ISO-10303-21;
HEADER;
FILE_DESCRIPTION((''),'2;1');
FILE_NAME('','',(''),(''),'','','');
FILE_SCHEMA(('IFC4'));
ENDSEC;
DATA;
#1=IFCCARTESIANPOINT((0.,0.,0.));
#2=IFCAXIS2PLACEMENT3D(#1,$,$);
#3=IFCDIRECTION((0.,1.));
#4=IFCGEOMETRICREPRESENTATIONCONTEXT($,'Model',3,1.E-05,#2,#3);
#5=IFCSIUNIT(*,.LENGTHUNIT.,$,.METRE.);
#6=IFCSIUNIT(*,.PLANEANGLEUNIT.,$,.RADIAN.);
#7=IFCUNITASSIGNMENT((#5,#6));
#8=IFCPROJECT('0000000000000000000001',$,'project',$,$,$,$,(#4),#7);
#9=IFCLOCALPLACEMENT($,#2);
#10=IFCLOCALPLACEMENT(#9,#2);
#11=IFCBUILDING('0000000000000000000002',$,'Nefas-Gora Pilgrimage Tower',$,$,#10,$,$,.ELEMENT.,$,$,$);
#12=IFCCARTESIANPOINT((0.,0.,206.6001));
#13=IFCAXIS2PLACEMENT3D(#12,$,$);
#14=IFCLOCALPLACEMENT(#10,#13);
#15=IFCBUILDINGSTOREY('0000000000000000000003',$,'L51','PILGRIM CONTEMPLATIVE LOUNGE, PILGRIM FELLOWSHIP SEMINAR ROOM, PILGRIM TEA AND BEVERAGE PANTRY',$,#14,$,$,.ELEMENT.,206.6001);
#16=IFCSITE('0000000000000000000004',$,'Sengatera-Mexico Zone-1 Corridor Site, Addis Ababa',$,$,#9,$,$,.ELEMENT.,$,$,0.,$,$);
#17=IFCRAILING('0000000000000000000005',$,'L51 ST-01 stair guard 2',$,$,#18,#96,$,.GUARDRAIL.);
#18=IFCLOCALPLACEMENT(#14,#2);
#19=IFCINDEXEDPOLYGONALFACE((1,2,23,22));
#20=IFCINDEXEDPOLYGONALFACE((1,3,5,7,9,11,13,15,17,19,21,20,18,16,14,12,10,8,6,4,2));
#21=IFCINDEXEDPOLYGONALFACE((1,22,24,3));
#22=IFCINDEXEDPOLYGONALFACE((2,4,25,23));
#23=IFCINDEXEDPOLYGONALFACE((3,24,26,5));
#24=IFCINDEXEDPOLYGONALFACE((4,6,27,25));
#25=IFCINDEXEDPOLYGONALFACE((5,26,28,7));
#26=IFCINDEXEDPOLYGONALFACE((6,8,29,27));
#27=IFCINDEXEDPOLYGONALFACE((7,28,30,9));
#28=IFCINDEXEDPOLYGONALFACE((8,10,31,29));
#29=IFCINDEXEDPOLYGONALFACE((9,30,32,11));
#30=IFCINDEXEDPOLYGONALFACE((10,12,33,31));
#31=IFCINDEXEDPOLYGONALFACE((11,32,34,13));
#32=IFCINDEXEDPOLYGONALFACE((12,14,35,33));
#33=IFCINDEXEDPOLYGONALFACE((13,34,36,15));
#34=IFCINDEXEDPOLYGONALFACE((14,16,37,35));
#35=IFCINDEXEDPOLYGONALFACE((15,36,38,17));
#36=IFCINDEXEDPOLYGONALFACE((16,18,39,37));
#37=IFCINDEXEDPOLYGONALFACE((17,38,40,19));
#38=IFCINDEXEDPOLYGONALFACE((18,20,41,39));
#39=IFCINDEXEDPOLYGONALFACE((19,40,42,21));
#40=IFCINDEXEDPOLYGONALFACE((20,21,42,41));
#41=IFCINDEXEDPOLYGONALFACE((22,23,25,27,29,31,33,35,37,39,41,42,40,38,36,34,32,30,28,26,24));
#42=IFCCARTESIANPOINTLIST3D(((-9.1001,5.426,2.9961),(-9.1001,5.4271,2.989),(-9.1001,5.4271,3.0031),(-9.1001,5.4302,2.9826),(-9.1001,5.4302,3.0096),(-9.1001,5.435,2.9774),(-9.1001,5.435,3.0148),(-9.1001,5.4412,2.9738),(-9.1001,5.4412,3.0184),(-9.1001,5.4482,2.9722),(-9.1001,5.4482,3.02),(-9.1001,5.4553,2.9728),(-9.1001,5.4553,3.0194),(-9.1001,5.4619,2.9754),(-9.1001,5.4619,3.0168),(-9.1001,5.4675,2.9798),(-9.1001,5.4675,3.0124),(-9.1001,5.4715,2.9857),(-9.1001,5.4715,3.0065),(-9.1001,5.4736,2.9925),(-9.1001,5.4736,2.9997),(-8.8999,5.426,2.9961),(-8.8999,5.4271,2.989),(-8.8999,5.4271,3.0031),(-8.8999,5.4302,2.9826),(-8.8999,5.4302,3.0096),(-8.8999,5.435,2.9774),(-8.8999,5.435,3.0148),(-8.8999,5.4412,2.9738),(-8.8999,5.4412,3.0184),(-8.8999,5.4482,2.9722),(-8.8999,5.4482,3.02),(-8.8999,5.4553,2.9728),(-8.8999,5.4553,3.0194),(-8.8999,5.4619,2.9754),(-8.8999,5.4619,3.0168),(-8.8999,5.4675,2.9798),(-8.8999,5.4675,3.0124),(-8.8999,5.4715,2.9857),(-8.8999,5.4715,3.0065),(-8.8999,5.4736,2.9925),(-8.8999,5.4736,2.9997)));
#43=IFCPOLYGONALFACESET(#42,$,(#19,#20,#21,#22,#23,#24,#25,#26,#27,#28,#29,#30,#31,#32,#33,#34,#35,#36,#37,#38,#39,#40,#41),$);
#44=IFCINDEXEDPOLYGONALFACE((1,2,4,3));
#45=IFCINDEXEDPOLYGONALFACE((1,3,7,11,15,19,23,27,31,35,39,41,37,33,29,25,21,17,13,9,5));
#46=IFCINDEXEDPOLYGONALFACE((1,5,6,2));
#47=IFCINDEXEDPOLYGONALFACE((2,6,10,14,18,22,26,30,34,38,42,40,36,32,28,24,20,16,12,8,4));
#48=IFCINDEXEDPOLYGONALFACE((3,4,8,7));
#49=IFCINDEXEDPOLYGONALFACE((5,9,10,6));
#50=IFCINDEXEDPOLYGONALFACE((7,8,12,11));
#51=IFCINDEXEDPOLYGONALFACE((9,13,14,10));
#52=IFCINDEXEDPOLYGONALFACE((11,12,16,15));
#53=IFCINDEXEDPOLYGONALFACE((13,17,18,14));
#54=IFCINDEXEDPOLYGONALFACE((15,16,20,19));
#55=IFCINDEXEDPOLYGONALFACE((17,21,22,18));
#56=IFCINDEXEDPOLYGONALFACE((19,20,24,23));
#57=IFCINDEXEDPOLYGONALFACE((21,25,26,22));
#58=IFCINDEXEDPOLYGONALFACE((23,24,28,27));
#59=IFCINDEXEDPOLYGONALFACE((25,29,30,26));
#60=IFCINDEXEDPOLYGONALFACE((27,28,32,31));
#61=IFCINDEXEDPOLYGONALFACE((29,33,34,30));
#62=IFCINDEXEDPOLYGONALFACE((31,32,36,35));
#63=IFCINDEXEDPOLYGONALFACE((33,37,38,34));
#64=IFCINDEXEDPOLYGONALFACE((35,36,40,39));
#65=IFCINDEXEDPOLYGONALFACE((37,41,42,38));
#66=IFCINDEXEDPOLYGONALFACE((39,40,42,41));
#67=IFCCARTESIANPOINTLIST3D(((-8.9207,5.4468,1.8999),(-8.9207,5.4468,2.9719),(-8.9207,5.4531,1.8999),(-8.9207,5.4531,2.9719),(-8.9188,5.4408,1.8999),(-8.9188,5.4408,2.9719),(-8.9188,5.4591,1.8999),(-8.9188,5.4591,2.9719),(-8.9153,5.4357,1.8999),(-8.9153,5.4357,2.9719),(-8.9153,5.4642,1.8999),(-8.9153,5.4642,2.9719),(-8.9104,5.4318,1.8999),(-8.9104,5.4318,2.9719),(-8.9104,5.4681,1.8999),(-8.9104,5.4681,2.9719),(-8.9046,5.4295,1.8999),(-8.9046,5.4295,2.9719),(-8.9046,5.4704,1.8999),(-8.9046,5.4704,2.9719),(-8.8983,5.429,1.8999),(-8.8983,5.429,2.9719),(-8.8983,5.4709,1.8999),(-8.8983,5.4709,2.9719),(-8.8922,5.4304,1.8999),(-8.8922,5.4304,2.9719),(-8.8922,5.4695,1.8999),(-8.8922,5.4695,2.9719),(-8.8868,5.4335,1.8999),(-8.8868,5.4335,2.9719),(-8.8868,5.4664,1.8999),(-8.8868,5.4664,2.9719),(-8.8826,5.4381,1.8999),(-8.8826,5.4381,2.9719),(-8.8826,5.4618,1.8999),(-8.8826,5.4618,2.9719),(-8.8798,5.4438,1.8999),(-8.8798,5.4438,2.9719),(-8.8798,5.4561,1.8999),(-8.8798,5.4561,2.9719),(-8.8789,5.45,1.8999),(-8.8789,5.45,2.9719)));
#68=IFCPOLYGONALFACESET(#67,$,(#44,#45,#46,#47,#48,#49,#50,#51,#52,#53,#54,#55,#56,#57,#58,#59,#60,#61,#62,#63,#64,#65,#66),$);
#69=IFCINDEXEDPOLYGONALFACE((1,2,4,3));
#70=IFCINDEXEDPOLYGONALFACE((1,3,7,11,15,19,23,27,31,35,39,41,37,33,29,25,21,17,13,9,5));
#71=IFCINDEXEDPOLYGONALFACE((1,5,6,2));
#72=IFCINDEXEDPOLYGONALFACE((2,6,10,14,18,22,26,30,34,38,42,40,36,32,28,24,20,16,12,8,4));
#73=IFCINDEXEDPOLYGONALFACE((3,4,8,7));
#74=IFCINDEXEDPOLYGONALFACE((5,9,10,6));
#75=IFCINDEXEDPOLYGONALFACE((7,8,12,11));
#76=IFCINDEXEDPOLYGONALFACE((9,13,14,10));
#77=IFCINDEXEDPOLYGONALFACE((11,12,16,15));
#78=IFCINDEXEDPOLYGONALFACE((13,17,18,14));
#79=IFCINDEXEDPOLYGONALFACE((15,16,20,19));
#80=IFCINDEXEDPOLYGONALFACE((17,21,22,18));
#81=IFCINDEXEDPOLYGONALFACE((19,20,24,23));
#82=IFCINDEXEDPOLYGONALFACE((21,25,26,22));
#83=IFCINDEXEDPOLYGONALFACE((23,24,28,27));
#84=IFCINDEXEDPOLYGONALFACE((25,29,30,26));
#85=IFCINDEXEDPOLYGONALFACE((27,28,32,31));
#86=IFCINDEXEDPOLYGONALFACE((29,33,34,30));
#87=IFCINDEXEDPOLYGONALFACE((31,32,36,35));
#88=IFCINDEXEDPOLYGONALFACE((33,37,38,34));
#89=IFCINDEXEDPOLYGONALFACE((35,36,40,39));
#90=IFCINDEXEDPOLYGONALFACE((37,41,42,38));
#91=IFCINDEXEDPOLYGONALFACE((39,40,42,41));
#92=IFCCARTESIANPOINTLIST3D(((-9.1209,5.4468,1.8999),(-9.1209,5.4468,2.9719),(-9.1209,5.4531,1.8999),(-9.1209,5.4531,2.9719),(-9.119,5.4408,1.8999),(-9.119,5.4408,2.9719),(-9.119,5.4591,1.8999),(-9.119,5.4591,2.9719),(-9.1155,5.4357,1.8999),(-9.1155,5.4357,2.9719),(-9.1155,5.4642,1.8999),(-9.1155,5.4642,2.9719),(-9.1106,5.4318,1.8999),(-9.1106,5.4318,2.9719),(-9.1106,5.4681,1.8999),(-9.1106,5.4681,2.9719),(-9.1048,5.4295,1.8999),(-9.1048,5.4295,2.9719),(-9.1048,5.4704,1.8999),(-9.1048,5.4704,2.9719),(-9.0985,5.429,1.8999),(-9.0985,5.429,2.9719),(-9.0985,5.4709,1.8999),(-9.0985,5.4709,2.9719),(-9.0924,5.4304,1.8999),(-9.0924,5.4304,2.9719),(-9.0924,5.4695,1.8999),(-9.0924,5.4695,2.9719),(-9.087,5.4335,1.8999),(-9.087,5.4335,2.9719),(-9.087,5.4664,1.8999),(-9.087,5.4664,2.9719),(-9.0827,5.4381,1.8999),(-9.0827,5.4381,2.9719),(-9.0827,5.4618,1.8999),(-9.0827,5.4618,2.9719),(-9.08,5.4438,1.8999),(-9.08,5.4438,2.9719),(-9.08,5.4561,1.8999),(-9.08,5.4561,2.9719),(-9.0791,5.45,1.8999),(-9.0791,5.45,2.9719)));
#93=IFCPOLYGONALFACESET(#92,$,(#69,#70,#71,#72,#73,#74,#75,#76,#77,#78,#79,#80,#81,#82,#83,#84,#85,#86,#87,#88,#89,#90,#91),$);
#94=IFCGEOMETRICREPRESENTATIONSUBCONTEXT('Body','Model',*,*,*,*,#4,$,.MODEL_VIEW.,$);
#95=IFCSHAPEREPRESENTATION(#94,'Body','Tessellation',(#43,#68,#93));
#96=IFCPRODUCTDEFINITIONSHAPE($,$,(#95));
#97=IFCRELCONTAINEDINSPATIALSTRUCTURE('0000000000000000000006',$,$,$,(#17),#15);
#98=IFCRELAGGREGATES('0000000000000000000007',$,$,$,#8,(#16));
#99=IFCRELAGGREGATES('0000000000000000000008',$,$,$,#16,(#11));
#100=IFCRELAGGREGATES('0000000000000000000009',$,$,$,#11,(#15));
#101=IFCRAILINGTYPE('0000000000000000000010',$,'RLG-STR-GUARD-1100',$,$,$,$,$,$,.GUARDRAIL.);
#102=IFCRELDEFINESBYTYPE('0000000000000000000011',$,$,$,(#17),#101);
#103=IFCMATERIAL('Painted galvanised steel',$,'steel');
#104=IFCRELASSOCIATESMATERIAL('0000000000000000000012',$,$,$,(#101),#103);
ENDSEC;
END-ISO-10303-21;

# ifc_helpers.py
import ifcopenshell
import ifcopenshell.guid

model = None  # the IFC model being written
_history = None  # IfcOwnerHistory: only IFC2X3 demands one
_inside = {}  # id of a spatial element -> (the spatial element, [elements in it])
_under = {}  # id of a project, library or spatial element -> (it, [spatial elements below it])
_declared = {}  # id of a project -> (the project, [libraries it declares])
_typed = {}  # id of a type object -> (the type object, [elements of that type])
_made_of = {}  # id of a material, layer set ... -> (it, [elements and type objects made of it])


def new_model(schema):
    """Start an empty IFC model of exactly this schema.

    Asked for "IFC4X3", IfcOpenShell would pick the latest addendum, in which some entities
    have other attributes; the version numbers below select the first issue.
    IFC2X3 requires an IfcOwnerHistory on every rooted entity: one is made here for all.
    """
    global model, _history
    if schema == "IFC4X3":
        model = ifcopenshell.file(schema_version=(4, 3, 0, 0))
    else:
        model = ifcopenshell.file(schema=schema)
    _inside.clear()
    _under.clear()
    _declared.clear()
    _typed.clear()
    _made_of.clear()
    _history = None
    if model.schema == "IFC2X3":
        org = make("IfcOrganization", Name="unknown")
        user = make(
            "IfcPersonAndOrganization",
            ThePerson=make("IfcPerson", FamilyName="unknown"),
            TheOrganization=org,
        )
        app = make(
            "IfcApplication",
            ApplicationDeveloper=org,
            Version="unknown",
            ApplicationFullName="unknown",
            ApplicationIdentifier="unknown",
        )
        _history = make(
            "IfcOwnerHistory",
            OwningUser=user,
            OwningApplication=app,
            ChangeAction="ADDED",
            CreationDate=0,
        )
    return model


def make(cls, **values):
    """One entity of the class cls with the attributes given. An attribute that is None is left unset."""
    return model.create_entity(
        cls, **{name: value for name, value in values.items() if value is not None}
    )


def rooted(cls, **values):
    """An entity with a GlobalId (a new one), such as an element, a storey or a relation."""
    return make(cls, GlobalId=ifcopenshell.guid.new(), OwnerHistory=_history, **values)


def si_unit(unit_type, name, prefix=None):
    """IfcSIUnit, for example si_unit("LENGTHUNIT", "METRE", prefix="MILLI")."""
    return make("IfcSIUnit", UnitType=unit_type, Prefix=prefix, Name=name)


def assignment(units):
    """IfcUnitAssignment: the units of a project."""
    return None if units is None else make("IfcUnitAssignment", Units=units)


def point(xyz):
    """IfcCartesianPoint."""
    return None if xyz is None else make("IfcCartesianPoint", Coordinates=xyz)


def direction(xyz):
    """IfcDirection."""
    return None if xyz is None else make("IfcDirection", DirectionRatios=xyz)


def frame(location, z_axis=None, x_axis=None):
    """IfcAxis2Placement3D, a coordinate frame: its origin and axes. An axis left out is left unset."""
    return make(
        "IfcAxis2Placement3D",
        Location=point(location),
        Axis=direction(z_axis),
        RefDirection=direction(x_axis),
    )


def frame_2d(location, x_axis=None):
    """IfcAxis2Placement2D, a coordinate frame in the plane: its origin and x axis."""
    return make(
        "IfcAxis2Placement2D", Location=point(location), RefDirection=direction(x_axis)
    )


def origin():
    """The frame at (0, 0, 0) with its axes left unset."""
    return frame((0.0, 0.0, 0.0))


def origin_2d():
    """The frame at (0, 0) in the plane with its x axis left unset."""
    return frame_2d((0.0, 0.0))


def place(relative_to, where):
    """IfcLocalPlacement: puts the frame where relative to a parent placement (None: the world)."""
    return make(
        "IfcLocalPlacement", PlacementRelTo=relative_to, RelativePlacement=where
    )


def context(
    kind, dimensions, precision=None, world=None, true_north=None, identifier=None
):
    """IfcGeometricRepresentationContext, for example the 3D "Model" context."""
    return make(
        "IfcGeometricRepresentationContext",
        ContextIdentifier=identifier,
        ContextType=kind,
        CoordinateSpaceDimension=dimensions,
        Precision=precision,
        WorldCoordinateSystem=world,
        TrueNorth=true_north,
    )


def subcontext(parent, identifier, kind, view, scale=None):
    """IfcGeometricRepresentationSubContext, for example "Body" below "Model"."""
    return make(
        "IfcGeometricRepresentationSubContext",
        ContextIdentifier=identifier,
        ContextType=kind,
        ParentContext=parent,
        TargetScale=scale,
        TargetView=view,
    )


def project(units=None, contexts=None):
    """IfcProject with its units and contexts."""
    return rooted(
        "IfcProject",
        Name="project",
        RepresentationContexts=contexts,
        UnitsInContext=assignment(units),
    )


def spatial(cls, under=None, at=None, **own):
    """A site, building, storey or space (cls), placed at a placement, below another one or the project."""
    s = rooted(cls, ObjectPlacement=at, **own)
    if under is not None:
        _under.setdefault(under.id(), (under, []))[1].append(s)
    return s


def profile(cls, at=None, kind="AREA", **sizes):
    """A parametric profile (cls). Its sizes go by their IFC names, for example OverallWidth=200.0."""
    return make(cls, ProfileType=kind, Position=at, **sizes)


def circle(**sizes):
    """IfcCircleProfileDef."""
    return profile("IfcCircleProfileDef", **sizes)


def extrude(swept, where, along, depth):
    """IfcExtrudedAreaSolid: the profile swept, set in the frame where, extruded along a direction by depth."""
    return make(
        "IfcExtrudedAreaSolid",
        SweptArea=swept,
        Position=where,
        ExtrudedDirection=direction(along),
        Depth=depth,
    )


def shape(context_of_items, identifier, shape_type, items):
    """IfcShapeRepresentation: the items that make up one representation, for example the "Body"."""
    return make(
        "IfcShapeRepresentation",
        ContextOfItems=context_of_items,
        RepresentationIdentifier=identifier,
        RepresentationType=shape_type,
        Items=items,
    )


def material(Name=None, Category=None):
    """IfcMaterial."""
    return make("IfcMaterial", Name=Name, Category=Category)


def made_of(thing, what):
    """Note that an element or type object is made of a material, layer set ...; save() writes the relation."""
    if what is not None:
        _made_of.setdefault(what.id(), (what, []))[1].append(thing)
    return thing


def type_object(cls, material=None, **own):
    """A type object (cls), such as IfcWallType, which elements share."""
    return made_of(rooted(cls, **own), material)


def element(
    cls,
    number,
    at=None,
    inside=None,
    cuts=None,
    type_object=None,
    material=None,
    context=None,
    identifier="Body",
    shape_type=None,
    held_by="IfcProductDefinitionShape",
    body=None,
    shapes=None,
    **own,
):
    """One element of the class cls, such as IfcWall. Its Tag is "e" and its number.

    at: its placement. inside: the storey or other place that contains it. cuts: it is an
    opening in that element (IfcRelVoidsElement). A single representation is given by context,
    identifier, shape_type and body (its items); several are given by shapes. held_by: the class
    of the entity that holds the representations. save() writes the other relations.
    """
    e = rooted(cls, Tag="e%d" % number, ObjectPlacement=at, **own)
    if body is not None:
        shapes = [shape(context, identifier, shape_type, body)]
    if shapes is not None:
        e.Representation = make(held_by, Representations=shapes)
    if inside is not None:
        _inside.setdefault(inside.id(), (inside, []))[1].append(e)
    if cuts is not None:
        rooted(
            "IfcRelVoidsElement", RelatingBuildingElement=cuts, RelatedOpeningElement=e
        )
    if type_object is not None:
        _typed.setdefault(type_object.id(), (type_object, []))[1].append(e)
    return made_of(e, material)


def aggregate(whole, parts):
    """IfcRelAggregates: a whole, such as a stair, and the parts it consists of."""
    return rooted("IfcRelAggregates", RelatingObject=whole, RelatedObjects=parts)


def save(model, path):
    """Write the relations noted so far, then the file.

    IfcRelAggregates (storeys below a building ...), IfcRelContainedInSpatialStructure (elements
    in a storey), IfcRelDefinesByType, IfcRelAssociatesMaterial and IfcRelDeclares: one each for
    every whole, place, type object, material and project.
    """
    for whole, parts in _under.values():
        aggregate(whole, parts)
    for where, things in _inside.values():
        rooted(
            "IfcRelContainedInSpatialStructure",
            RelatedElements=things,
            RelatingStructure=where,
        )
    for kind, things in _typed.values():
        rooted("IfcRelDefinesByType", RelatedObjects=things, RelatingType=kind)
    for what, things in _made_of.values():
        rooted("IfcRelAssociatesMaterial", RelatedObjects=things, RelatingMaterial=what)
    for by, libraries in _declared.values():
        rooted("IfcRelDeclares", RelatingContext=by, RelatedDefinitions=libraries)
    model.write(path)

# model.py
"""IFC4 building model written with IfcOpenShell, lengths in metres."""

from ifc_helpers import new_model, si_unit, direction, frame, origin, origin_2d, place, context, subcontext, project, spatial, circle, extrude, material, type_object, element, save


model = new_model("IFC4")

# Units and contexts
model_context = context("Model", 3, precision=1e-05, world=origin(), true_north=direction((0.0, 1.0)))
body_context = subcontext(model_context, "Body", "Model", "MODEL_VIEW")
ifc_project = project(units=[si_unit("LENGTHUNIT", "METRE"), si_unit("PLANEANGLEUNIT", "RADIAN")], contexts=[model_context])

# Site, building, storey
site_placement = place(None, origin())
site = spatial("IfcSite", under=ifc_project, at=site_placement, Name="Sengatera-Mexico Zone-1 Corridor Site, Addis Ababa", CompositionType="ELEMENT", RefElevation=0.0)
building_placement = place(site_placement, origin())
building = spatial("IfcBuilding", under=site, at=building_placement, Name="Nefas-Gora Pilgrimage Tower", CompositionType="ELEMENT")
storey_placement = place(building_placement, frame((0.0, 0.0, 206.6001)))
storey = spatial("IfcBuildingStorey", under=building, at=storey_placement, Name="L51", Description="PILGRIM CONTEMPLATIVE LOUNGE, PILGRIM FELLOWSHIP SEMINAR ROOM, PILGRIM TEA AND BEVERAGE PANTRY", CompositionType="ELEMENT", Elevation=206.6001)

# Railing
ifc_material_1 = material(Name="Painted galvanised steel", Category="steel")
railing_type_1 = type_object("IfcRailingType", Name="RLG-STR-GUARD-1100", PredefinedType="GUARDRAIL", material=ifc_material_1)
railing_1_placement = place(storey_placement, frame((-8.8999, 5.45, 1.8999)))
element("IfcRailing", 1, at=railing_1_placement, inside=storey, type_object=railing_type_1, Name="L51 ST-01 stair guard 2", PredefinedType="GUARDRAIL", context=body_context, shape_type="SweptSolid", body=[
    extrude(circle(Radius=0.0239, at=origin_2d()), frame((0.0, 0.0, 1.0962), z_axis=(-1.0, 0.0, 0.0), x_axis=(0.0, -1.0, 0.0)), (0.0, 0.0, 1.0), 0.2002),
    extrude(circle(Radius=0.021, at=origin_2d()), origin(), (0.0, 0.0, 1.0), 1.072),
    extrude(circle(Radius=0.021, at=origin_2d()), frame((-0.2002, 0.0, 0.0)), (0.0, 0.0, 1.0), 1.072),
])

save(model, "model.ifc")
